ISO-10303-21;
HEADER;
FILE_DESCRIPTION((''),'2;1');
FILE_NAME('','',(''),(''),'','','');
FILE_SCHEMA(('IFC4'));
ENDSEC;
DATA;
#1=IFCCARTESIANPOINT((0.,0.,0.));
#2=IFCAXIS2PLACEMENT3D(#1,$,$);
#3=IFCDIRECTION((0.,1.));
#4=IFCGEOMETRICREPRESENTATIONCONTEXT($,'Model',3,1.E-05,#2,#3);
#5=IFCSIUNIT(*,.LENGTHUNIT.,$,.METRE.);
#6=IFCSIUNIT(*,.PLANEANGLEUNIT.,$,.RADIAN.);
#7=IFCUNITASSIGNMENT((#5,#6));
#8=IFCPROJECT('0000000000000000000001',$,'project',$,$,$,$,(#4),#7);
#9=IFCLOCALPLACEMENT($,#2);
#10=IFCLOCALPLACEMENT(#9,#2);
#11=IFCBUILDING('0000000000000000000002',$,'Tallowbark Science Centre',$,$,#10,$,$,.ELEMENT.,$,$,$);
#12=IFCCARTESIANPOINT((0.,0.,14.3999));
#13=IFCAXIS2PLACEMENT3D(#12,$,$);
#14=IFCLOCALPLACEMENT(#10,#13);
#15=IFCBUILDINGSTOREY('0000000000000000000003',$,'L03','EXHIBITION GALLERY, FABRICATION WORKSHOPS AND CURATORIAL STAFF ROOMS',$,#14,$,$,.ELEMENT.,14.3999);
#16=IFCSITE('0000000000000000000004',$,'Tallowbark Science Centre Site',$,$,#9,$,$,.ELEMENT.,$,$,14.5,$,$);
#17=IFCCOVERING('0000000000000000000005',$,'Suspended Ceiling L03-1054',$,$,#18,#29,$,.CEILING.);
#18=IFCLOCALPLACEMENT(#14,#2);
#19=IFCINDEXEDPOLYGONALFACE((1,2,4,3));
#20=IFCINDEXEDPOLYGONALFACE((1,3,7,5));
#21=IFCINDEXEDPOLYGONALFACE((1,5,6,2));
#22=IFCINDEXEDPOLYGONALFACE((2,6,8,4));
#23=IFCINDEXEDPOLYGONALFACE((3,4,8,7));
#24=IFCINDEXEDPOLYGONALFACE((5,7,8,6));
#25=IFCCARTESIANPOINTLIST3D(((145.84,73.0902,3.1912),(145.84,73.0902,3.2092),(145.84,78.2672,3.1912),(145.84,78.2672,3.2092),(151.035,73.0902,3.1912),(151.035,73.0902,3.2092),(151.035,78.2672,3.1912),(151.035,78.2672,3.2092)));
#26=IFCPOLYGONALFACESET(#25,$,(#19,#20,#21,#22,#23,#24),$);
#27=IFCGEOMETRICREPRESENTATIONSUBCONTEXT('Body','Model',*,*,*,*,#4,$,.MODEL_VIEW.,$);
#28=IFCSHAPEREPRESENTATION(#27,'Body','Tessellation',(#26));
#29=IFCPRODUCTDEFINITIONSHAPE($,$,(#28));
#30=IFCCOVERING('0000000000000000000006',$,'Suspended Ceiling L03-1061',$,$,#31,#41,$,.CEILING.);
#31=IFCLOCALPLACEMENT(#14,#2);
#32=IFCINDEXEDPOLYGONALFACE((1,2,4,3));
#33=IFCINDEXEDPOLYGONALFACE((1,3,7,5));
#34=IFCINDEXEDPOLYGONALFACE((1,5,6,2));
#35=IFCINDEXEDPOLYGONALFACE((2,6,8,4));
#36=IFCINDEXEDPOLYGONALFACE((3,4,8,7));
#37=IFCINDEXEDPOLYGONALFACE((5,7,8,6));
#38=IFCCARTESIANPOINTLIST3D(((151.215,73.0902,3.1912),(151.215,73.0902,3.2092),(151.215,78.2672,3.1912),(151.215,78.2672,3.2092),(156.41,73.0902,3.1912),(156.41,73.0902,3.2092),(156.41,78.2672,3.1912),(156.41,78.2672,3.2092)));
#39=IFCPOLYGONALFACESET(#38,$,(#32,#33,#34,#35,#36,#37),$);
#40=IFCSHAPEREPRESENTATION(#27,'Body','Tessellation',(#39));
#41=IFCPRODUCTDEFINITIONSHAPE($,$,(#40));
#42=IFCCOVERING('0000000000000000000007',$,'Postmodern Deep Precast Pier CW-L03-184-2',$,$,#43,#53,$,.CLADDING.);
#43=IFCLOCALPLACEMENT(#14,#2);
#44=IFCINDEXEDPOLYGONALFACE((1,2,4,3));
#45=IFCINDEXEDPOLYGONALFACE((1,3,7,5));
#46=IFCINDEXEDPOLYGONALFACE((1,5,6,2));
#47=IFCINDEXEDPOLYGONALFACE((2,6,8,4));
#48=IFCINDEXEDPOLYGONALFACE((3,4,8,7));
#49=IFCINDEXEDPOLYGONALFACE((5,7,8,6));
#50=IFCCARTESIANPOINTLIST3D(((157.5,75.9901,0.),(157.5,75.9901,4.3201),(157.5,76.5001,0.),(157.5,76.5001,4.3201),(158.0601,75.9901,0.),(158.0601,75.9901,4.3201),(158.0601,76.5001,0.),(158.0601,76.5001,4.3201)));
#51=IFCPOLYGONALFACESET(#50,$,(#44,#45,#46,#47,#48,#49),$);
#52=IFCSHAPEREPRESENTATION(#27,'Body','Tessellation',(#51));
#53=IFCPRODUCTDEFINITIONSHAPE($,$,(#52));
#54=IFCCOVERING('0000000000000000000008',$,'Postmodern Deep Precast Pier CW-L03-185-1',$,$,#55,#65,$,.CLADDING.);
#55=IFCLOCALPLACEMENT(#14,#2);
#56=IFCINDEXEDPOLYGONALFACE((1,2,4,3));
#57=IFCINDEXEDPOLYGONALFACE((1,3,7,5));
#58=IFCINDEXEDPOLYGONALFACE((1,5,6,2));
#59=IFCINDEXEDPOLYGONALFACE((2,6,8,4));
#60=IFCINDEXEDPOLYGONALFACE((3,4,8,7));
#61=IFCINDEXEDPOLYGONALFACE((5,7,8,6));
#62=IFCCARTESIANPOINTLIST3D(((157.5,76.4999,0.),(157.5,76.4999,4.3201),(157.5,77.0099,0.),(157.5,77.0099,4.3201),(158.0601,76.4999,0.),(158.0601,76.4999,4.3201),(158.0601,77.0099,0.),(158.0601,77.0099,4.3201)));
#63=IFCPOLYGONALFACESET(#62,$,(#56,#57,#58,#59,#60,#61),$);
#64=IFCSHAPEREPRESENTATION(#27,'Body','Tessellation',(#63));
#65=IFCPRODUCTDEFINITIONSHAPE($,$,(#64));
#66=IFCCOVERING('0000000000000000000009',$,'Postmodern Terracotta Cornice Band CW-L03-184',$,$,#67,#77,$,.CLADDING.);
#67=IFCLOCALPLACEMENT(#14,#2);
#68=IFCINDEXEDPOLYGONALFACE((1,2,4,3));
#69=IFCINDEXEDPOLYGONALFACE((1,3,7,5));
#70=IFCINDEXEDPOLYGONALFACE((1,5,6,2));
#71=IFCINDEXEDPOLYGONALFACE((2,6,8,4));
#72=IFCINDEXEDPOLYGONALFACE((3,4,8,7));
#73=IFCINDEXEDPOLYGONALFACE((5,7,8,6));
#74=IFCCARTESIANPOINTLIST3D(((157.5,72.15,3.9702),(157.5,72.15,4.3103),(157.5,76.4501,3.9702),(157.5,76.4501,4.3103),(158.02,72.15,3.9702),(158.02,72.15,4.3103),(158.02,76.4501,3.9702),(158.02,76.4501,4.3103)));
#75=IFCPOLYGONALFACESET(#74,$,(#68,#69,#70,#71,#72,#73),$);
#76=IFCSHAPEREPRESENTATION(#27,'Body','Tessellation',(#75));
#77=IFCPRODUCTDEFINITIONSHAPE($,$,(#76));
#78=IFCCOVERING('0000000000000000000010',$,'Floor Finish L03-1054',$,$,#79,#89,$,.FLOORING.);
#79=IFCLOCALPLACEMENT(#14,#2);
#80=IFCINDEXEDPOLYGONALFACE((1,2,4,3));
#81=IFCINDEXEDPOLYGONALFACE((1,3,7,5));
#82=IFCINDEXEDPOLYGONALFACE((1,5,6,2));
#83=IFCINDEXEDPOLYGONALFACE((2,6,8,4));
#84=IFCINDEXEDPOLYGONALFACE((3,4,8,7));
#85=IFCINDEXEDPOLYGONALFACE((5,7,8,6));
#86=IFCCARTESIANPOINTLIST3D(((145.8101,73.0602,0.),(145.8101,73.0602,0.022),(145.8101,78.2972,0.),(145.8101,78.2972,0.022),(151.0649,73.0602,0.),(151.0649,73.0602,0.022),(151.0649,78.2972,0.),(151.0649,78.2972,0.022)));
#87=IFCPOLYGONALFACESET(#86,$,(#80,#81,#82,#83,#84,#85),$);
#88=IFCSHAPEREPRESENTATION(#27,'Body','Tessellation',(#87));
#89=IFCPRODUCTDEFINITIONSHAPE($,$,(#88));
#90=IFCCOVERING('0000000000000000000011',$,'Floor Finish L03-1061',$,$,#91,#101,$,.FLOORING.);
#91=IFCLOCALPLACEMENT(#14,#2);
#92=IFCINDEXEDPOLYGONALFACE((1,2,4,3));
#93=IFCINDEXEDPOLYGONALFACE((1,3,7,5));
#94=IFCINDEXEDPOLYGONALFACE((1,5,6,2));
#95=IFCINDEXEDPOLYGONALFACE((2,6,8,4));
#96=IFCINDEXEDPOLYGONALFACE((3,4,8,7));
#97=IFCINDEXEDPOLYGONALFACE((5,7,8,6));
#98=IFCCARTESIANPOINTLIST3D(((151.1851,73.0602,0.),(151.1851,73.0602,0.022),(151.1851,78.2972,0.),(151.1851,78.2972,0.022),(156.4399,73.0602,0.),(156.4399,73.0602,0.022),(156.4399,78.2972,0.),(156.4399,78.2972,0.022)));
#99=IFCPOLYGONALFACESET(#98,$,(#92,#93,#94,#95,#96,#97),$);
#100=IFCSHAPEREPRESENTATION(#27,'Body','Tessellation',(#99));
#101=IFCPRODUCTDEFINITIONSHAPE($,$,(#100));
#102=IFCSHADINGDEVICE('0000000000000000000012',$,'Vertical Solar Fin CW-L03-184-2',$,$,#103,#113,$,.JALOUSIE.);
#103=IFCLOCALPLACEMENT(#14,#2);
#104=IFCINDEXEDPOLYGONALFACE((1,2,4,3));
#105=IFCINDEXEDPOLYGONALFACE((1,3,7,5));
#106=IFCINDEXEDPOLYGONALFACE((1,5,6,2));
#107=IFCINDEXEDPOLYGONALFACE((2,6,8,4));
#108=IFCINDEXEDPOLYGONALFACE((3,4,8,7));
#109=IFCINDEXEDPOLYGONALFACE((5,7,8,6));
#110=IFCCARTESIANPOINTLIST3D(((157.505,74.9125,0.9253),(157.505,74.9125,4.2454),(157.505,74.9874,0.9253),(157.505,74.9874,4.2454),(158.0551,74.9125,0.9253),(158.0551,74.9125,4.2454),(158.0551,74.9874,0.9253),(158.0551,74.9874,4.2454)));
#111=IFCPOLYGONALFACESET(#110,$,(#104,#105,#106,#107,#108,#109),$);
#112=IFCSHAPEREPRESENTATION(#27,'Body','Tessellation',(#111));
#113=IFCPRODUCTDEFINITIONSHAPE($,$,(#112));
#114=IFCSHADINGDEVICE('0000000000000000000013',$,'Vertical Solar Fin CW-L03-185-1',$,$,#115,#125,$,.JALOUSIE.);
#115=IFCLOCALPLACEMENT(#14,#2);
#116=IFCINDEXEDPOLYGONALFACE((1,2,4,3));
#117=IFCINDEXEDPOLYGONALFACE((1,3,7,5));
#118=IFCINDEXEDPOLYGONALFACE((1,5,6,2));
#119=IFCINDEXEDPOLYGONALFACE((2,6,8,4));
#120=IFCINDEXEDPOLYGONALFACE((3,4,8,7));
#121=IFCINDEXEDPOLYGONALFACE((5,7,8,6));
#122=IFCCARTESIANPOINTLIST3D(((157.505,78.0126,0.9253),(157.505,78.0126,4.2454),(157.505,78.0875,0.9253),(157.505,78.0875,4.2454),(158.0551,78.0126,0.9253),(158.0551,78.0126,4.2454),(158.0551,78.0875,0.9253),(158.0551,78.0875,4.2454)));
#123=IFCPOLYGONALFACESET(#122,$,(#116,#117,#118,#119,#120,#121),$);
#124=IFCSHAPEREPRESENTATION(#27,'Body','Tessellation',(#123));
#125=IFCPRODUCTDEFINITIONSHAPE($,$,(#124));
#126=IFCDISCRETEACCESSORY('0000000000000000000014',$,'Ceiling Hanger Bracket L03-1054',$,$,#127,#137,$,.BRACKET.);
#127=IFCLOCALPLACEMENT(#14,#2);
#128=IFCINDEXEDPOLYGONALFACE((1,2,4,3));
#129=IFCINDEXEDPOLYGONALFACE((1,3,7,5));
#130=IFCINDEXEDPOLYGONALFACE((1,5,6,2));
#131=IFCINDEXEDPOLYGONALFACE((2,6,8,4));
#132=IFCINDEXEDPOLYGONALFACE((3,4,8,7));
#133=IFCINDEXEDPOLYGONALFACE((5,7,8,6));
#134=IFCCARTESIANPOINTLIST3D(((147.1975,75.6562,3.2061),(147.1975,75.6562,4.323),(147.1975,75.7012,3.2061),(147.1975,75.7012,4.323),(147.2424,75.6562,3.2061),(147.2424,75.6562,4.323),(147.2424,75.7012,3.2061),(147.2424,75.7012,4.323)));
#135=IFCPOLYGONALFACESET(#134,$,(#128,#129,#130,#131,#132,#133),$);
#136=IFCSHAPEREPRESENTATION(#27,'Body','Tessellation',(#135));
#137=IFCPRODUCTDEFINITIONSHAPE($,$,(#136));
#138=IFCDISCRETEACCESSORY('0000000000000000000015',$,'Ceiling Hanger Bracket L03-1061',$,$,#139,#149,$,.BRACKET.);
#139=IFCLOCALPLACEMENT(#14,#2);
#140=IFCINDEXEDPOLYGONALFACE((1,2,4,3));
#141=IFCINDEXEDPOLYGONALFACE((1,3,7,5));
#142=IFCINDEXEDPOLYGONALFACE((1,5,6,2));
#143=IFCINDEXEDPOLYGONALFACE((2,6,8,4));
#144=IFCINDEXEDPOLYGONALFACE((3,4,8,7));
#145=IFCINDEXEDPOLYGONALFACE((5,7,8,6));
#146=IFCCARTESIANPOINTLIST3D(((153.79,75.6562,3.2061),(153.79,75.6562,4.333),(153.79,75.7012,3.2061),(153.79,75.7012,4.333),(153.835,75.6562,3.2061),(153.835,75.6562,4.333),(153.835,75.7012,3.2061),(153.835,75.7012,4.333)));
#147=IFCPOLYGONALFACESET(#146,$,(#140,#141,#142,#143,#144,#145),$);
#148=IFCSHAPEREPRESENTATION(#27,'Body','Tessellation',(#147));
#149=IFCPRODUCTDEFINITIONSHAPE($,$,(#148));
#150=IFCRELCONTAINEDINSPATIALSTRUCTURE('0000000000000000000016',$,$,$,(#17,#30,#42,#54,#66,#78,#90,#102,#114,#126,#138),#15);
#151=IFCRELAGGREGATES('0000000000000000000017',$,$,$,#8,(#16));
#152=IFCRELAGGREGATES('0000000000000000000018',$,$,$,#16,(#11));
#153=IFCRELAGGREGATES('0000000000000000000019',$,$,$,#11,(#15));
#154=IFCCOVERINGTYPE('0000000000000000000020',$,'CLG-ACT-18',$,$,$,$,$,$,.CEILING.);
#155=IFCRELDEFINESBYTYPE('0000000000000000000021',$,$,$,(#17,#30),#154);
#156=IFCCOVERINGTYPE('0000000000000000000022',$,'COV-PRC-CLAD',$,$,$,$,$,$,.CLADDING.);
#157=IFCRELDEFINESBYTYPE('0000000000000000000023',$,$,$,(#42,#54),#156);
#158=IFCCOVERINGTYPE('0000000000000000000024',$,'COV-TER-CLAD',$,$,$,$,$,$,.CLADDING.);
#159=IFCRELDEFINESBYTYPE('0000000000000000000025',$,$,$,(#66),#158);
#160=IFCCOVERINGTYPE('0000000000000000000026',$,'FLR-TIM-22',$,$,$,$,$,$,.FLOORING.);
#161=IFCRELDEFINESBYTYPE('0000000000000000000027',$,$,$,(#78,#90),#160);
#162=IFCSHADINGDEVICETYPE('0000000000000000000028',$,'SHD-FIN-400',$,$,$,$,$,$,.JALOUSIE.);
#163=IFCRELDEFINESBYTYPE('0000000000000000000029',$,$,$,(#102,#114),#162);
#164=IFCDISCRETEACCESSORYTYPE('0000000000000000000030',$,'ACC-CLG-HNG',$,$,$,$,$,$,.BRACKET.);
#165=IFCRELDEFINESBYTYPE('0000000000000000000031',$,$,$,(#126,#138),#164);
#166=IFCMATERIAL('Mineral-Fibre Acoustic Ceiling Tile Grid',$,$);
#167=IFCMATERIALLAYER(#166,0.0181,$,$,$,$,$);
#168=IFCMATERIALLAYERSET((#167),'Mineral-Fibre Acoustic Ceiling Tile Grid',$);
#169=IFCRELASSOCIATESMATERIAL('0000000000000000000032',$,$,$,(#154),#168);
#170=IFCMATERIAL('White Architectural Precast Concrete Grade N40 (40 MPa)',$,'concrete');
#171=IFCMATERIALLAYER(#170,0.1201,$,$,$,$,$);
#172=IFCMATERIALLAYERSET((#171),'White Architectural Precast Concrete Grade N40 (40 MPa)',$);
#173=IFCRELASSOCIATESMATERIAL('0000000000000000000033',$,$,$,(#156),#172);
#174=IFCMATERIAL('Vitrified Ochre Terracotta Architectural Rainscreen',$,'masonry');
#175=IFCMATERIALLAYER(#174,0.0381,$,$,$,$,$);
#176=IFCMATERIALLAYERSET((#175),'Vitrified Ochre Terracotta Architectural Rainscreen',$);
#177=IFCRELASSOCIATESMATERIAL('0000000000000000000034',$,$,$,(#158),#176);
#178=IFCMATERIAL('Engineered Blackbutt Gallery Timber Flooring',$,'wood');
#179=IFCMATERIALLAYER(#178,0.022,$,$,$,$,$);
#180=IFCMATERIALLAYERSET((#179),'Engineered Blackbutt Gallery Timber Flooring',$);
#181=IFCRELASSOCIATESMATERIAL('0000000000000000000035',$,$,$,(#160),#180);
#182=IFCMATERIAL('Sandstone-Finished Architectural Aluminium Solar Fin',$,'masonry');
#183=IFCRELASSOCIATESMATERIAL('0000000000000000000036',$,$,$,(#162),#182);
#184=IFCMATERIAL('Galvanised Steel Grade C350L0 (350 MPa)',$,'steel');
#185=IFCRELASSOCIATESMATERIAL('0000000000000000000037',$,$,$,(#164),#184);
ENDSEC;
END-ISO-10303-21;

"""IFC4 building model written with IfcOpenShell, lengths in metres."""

from ifc_helpers import new_model, si_unit, direction, frame, origin, origin_2d, place, context, subcontext, project, spatial, rectangle, extrude, material, layer, layer_set, type_object, element, save


model = new_model("IFC4")

# Units and contexts
model_context = context("Model", 3, precision=1e-05, world=origin(), true_north=direction((0.0, 1.0)))
body_context = subcontext(model_context, "Body", "Model", "MODEL_VIEW")
ifc_project = project(units=[si_unit("LENGTHUNIT", "METRE"), si_unit("PLANEANGLEUNIT", "RADIAN")], contexts=[model_context])

# Site, building, storey
site_placement = place(None, origin())
site = spatial("IfcSite", under=ifc_project, at=site_placement, Name="Tallowbark Science Centre Site", CompositionType="ELEMENT", RefElevation=14.5)
building_placement = place(site_placement, origin())
building = spatial("IfcBuilding", under=site, at=building_placement, Name="Tallowbark Science Centre", CompositionType="ELEMENT")
storey_placement = place(building_placement, frame((0.0, 0.0, 14.3999)))
storey = spatial("IfcBuildingStorey", under=building, at=storey_placement, Name="L03", Description="EXHIBITION GALLERY, FABRICATION WORKSHOPS AND CURATORIAL STAFF ROOMS", CompositionType="ELEMENT", Elevation=14.3999)

# Coverings
ifc_material_1 = material(Name="Mineral-Fibre Acoustic Ceiling Tile Grid")
ifc_layer_1 = layer(ifc_material_1, 0.0181)
ifc_layer_set_1 = layer_set([ifc_layer_1], Name="Mineral-Fibre Acoustic Ceiling Tile Grid")
covering_type_1 = type_object("IfcCoveringType", Name="CLG-ACT-18", PredefinedType="CEILING", material=ifc_layer_set_1)
for number, where, z_axis, x_axis, name in (
    (1, (148.4375, 75.6787, 3.1912), (0.0, 0.0, 1.0), (1.0, 0.0, 0.0), "Suspended Ceiling L03-1054"),
    (2, (153.8125, 75.6787, 3.1912), (0.0, 0.0, 1.0), (1.0, 0.0, 0.0), "Suspended Ceiling L03-1061"),
):
    element("IfcCovering", number, at=place(storey_placement, frame(where, z_axis=z_axis, x_axis=x_axis)), inside=storey, type_object=covering_type_1, Name=name, PredefinedType="CEILING", context=body_context, shape_type="SweptSolid", body=[
        extrude(rectangle(XDim=5.1951, YDim=5.177, at=origin_2d()), origin(), (0.0, 0.0, 1.0), 0.0181),
    ])
ifc_material_2 = material(Name="White Architectural Precast Concrete Grade N40 (40 MPa)", Category="concrete")
ifc_layer_2 = layer(ifc_material_2, 0.1201)
ifc_layer_set_2 = layer_set([ifc_layer_2], Name="White Architectural Precast Concrete Grade N40 (40 MPa)")
covering_type_2 = type_object("IfcCoveringType", Name="COV-PRC-CLAD", PredefinedType="CLADDING", material=ifc_layer_set_2)
for number, where, z_axis, x_axis, name in (
    (3, (157.78, 76.2451, 0.0), (0.0, 0.0, 1.0), (0.0, 1.0, 0.0), "Postmodern Deep Precast Pier CW-L03-184-2"),
    (4, (157.78, 76.7549, 0.0), (0.0, 0.0, 1.0), (0.0, 1.0, 0.0), "Postmodern Deep Precast Pier CW-L03-185-1"),
):
    element("IfcCovering", number, at=place(storey_placement, frame(where, z_axis=z_axis, x_axis=x_axis)), inside=storey, type_object=covering_type_2, Name=name, PredefinedType="CLADDING", context=body_context, shape_type="SweptSolid", body=[
        extrude(rectangle(XDim=0.51, YDim=0.5601, at=origin_2d()), origin(), (0.0, 0.0, 1.0), 4.3201),
    ])
ifc_material_3 = material(Name="Vitrified Ochre Terracotta Architectural Rainscreen", Category="masonry")
ifc_layer_3 = layer(ifc_material_3, 0.0381)
ifc_layer_set_3 = layer_set([ifc_layer_3], Name="Vitrified Ochre Terracotta Architectural Rainscreen")
covering_type_3 = type_object("IfcCoveringType", Name="COV-TER-CLAD", PredefinedType="CLADDING", material=ifc_layer_set_3)
covering_placement = place(storey_placement, frame((157.76, 74.3, 3.9702), z_axis=(0.0, 0.0, 1.0), x_axis=(0.0, 1.0, 0.0)))
element("IfcCovering", 5, at=covering_placement, inside=storey, type_object=covering_type_3, Name="Postmodern Terracotta Cornice Band CW-L03-184", PredefinedType="CLADDING", context=body_context, shape_type="SweptSolid", body=[
    extrude(rectangle(XDim=4.3, YDim=0.52, at=origin_2d()), origin(), (0.0, 0.0, 1.0), 0.3401),
])
ifc_material_4 = material(Name="Engineered Blackbutt Gallery Timber Flooring", Category="wood")
ifc_layer_4 = layer(ifc_material_4, 0.022)
ifc_layer_set_4 = layer_set([ifc_layer_4], Name="Engineered Blackbutt Gallery Timber Flooring")
covering_type_4 = type_object("IfcCoveringType", Name="FLR-TIM-22", PredefinedType="FLOORING", material=ifc_layer_set_4)
for number, where, z_axis, x_axis, name in (
    (6, (148.4375, 75.6787, 0.0), (0.0, 0.0, 1.0), (1.0, 0.0, 0.0), "Floor Finish L03-1054"),
    (7, (153.8125, 75.6787, 0.0), (0.0, 0.0, 1.0), (1.0, 0.0, 0.0), "Floor Finish L03-1061"),
):
    element("IfcCovering", number, at=place(storey_placement, frame(where, z_axis=z_axis, x_axis=x_axis)), inside=storey, type_object=covering_type_4, Name=name, PredefinedType="FLOORING", context=body_context, shape_type="SweptSolid", body=[
        extrude(rectangle(XDim=5.2549, YDim=5.2371, at=origin_2d()), origin(), (0.0, 0.0, 1.0), 0.022),
    ])

# Shading devices
ifc_material_5 = material(Name="Sandstone-Finished Architectural Aluminium Solar Fin", Category="masonry")
shading_device_type = type_object("IfcShadingDeviceType", Name="SHD-FIN-400", PredefinedType="JALOUSIE", material=ifc_material_5)
for number, where, z_axis, x_axis, name in (
    (8, (157.78, 74.95, 0.9253), (0.0, 0.0, 1.0), (0.0, 1.0, 0.0), "Vertical Solar Fin CW-L03-184-2"),
    (9, (157.78, 78.05, 0.9253), (0.0, 0.0, 1.0), (0.0, 1.0, 0.0), "Vertical Solar Fin CW-L03-185-1"),
):
    element("IfcShadingDevice", number, at=place(storey_placement, frame(where, z_axis=z_axis, x_axis=x_axis)), inside=storey, type_object=shading_device_type, Name=name, PredefinedType="JALOUSIE", context=body_context, shape_type="SweptSolid", body=[
        extrude(rectangle(XDim=0.075, YDim=0.55, at=origin_2d()), origin(), (0.0, 0.0, 1.0), 3.3201),
    ])

# Discrete accessories
ifc_material_6 = material(Name="Galvanised Steel Grade C350L0 (350 MPa)", Category="steel")
discrete_accessory_type = type_object("IfcDiscreteAccessoryType", Name="ACC-CLG-HNG", PredefinedType="BRACKET", material=ifc_material_6)
discrete_accessory_1_placement = place(storey_placement, frame((147.22, 75.6787, 3.2061), z_axis=(0.0, 0.0, 1.0), x_axis=(1.0, 0.0, 0.0)))
element("IfcDiscreteAccessory", 10, at=discrete_accessory_1_placement, inside=storey, type_object=discrete_accessory_type, Name="Ceiling Hanger Bracket L03-1054", PredefinedType="BRACKET", context=body_context, shape_type="SweptSolid", body=[
    extrude(rectangle(XDim=0.0449, YDim=0.0449, at=origin_2d()), origin(), (0.0, 0.0, 1.0), 1.1169),
])
discrete_accessory_2_placement = place(storey_placement, frame((153.8125, 75.6787, 3.2061), z_axis=(0.0, 0.0, 1.0), x_axis=(1.0, 0.0, 0.0)))
element("IfcDiscreteAccessory", 11, at=discrete_accessory_2_placement, inside=storey, type_object=discrete_accessory_type, Name="Ceiling Hanger Bracket L03-1061", PredefinedType="BRACKET", context=body_context, shape_type="SweptSolid", body=[
    extrude(rectangle(XDim=0.0449, YDim=0.0449, at=origin_2d()), origin(), (0.0, 0.0, 1.0), 1.127),
])

save(model, "model.ifc")
